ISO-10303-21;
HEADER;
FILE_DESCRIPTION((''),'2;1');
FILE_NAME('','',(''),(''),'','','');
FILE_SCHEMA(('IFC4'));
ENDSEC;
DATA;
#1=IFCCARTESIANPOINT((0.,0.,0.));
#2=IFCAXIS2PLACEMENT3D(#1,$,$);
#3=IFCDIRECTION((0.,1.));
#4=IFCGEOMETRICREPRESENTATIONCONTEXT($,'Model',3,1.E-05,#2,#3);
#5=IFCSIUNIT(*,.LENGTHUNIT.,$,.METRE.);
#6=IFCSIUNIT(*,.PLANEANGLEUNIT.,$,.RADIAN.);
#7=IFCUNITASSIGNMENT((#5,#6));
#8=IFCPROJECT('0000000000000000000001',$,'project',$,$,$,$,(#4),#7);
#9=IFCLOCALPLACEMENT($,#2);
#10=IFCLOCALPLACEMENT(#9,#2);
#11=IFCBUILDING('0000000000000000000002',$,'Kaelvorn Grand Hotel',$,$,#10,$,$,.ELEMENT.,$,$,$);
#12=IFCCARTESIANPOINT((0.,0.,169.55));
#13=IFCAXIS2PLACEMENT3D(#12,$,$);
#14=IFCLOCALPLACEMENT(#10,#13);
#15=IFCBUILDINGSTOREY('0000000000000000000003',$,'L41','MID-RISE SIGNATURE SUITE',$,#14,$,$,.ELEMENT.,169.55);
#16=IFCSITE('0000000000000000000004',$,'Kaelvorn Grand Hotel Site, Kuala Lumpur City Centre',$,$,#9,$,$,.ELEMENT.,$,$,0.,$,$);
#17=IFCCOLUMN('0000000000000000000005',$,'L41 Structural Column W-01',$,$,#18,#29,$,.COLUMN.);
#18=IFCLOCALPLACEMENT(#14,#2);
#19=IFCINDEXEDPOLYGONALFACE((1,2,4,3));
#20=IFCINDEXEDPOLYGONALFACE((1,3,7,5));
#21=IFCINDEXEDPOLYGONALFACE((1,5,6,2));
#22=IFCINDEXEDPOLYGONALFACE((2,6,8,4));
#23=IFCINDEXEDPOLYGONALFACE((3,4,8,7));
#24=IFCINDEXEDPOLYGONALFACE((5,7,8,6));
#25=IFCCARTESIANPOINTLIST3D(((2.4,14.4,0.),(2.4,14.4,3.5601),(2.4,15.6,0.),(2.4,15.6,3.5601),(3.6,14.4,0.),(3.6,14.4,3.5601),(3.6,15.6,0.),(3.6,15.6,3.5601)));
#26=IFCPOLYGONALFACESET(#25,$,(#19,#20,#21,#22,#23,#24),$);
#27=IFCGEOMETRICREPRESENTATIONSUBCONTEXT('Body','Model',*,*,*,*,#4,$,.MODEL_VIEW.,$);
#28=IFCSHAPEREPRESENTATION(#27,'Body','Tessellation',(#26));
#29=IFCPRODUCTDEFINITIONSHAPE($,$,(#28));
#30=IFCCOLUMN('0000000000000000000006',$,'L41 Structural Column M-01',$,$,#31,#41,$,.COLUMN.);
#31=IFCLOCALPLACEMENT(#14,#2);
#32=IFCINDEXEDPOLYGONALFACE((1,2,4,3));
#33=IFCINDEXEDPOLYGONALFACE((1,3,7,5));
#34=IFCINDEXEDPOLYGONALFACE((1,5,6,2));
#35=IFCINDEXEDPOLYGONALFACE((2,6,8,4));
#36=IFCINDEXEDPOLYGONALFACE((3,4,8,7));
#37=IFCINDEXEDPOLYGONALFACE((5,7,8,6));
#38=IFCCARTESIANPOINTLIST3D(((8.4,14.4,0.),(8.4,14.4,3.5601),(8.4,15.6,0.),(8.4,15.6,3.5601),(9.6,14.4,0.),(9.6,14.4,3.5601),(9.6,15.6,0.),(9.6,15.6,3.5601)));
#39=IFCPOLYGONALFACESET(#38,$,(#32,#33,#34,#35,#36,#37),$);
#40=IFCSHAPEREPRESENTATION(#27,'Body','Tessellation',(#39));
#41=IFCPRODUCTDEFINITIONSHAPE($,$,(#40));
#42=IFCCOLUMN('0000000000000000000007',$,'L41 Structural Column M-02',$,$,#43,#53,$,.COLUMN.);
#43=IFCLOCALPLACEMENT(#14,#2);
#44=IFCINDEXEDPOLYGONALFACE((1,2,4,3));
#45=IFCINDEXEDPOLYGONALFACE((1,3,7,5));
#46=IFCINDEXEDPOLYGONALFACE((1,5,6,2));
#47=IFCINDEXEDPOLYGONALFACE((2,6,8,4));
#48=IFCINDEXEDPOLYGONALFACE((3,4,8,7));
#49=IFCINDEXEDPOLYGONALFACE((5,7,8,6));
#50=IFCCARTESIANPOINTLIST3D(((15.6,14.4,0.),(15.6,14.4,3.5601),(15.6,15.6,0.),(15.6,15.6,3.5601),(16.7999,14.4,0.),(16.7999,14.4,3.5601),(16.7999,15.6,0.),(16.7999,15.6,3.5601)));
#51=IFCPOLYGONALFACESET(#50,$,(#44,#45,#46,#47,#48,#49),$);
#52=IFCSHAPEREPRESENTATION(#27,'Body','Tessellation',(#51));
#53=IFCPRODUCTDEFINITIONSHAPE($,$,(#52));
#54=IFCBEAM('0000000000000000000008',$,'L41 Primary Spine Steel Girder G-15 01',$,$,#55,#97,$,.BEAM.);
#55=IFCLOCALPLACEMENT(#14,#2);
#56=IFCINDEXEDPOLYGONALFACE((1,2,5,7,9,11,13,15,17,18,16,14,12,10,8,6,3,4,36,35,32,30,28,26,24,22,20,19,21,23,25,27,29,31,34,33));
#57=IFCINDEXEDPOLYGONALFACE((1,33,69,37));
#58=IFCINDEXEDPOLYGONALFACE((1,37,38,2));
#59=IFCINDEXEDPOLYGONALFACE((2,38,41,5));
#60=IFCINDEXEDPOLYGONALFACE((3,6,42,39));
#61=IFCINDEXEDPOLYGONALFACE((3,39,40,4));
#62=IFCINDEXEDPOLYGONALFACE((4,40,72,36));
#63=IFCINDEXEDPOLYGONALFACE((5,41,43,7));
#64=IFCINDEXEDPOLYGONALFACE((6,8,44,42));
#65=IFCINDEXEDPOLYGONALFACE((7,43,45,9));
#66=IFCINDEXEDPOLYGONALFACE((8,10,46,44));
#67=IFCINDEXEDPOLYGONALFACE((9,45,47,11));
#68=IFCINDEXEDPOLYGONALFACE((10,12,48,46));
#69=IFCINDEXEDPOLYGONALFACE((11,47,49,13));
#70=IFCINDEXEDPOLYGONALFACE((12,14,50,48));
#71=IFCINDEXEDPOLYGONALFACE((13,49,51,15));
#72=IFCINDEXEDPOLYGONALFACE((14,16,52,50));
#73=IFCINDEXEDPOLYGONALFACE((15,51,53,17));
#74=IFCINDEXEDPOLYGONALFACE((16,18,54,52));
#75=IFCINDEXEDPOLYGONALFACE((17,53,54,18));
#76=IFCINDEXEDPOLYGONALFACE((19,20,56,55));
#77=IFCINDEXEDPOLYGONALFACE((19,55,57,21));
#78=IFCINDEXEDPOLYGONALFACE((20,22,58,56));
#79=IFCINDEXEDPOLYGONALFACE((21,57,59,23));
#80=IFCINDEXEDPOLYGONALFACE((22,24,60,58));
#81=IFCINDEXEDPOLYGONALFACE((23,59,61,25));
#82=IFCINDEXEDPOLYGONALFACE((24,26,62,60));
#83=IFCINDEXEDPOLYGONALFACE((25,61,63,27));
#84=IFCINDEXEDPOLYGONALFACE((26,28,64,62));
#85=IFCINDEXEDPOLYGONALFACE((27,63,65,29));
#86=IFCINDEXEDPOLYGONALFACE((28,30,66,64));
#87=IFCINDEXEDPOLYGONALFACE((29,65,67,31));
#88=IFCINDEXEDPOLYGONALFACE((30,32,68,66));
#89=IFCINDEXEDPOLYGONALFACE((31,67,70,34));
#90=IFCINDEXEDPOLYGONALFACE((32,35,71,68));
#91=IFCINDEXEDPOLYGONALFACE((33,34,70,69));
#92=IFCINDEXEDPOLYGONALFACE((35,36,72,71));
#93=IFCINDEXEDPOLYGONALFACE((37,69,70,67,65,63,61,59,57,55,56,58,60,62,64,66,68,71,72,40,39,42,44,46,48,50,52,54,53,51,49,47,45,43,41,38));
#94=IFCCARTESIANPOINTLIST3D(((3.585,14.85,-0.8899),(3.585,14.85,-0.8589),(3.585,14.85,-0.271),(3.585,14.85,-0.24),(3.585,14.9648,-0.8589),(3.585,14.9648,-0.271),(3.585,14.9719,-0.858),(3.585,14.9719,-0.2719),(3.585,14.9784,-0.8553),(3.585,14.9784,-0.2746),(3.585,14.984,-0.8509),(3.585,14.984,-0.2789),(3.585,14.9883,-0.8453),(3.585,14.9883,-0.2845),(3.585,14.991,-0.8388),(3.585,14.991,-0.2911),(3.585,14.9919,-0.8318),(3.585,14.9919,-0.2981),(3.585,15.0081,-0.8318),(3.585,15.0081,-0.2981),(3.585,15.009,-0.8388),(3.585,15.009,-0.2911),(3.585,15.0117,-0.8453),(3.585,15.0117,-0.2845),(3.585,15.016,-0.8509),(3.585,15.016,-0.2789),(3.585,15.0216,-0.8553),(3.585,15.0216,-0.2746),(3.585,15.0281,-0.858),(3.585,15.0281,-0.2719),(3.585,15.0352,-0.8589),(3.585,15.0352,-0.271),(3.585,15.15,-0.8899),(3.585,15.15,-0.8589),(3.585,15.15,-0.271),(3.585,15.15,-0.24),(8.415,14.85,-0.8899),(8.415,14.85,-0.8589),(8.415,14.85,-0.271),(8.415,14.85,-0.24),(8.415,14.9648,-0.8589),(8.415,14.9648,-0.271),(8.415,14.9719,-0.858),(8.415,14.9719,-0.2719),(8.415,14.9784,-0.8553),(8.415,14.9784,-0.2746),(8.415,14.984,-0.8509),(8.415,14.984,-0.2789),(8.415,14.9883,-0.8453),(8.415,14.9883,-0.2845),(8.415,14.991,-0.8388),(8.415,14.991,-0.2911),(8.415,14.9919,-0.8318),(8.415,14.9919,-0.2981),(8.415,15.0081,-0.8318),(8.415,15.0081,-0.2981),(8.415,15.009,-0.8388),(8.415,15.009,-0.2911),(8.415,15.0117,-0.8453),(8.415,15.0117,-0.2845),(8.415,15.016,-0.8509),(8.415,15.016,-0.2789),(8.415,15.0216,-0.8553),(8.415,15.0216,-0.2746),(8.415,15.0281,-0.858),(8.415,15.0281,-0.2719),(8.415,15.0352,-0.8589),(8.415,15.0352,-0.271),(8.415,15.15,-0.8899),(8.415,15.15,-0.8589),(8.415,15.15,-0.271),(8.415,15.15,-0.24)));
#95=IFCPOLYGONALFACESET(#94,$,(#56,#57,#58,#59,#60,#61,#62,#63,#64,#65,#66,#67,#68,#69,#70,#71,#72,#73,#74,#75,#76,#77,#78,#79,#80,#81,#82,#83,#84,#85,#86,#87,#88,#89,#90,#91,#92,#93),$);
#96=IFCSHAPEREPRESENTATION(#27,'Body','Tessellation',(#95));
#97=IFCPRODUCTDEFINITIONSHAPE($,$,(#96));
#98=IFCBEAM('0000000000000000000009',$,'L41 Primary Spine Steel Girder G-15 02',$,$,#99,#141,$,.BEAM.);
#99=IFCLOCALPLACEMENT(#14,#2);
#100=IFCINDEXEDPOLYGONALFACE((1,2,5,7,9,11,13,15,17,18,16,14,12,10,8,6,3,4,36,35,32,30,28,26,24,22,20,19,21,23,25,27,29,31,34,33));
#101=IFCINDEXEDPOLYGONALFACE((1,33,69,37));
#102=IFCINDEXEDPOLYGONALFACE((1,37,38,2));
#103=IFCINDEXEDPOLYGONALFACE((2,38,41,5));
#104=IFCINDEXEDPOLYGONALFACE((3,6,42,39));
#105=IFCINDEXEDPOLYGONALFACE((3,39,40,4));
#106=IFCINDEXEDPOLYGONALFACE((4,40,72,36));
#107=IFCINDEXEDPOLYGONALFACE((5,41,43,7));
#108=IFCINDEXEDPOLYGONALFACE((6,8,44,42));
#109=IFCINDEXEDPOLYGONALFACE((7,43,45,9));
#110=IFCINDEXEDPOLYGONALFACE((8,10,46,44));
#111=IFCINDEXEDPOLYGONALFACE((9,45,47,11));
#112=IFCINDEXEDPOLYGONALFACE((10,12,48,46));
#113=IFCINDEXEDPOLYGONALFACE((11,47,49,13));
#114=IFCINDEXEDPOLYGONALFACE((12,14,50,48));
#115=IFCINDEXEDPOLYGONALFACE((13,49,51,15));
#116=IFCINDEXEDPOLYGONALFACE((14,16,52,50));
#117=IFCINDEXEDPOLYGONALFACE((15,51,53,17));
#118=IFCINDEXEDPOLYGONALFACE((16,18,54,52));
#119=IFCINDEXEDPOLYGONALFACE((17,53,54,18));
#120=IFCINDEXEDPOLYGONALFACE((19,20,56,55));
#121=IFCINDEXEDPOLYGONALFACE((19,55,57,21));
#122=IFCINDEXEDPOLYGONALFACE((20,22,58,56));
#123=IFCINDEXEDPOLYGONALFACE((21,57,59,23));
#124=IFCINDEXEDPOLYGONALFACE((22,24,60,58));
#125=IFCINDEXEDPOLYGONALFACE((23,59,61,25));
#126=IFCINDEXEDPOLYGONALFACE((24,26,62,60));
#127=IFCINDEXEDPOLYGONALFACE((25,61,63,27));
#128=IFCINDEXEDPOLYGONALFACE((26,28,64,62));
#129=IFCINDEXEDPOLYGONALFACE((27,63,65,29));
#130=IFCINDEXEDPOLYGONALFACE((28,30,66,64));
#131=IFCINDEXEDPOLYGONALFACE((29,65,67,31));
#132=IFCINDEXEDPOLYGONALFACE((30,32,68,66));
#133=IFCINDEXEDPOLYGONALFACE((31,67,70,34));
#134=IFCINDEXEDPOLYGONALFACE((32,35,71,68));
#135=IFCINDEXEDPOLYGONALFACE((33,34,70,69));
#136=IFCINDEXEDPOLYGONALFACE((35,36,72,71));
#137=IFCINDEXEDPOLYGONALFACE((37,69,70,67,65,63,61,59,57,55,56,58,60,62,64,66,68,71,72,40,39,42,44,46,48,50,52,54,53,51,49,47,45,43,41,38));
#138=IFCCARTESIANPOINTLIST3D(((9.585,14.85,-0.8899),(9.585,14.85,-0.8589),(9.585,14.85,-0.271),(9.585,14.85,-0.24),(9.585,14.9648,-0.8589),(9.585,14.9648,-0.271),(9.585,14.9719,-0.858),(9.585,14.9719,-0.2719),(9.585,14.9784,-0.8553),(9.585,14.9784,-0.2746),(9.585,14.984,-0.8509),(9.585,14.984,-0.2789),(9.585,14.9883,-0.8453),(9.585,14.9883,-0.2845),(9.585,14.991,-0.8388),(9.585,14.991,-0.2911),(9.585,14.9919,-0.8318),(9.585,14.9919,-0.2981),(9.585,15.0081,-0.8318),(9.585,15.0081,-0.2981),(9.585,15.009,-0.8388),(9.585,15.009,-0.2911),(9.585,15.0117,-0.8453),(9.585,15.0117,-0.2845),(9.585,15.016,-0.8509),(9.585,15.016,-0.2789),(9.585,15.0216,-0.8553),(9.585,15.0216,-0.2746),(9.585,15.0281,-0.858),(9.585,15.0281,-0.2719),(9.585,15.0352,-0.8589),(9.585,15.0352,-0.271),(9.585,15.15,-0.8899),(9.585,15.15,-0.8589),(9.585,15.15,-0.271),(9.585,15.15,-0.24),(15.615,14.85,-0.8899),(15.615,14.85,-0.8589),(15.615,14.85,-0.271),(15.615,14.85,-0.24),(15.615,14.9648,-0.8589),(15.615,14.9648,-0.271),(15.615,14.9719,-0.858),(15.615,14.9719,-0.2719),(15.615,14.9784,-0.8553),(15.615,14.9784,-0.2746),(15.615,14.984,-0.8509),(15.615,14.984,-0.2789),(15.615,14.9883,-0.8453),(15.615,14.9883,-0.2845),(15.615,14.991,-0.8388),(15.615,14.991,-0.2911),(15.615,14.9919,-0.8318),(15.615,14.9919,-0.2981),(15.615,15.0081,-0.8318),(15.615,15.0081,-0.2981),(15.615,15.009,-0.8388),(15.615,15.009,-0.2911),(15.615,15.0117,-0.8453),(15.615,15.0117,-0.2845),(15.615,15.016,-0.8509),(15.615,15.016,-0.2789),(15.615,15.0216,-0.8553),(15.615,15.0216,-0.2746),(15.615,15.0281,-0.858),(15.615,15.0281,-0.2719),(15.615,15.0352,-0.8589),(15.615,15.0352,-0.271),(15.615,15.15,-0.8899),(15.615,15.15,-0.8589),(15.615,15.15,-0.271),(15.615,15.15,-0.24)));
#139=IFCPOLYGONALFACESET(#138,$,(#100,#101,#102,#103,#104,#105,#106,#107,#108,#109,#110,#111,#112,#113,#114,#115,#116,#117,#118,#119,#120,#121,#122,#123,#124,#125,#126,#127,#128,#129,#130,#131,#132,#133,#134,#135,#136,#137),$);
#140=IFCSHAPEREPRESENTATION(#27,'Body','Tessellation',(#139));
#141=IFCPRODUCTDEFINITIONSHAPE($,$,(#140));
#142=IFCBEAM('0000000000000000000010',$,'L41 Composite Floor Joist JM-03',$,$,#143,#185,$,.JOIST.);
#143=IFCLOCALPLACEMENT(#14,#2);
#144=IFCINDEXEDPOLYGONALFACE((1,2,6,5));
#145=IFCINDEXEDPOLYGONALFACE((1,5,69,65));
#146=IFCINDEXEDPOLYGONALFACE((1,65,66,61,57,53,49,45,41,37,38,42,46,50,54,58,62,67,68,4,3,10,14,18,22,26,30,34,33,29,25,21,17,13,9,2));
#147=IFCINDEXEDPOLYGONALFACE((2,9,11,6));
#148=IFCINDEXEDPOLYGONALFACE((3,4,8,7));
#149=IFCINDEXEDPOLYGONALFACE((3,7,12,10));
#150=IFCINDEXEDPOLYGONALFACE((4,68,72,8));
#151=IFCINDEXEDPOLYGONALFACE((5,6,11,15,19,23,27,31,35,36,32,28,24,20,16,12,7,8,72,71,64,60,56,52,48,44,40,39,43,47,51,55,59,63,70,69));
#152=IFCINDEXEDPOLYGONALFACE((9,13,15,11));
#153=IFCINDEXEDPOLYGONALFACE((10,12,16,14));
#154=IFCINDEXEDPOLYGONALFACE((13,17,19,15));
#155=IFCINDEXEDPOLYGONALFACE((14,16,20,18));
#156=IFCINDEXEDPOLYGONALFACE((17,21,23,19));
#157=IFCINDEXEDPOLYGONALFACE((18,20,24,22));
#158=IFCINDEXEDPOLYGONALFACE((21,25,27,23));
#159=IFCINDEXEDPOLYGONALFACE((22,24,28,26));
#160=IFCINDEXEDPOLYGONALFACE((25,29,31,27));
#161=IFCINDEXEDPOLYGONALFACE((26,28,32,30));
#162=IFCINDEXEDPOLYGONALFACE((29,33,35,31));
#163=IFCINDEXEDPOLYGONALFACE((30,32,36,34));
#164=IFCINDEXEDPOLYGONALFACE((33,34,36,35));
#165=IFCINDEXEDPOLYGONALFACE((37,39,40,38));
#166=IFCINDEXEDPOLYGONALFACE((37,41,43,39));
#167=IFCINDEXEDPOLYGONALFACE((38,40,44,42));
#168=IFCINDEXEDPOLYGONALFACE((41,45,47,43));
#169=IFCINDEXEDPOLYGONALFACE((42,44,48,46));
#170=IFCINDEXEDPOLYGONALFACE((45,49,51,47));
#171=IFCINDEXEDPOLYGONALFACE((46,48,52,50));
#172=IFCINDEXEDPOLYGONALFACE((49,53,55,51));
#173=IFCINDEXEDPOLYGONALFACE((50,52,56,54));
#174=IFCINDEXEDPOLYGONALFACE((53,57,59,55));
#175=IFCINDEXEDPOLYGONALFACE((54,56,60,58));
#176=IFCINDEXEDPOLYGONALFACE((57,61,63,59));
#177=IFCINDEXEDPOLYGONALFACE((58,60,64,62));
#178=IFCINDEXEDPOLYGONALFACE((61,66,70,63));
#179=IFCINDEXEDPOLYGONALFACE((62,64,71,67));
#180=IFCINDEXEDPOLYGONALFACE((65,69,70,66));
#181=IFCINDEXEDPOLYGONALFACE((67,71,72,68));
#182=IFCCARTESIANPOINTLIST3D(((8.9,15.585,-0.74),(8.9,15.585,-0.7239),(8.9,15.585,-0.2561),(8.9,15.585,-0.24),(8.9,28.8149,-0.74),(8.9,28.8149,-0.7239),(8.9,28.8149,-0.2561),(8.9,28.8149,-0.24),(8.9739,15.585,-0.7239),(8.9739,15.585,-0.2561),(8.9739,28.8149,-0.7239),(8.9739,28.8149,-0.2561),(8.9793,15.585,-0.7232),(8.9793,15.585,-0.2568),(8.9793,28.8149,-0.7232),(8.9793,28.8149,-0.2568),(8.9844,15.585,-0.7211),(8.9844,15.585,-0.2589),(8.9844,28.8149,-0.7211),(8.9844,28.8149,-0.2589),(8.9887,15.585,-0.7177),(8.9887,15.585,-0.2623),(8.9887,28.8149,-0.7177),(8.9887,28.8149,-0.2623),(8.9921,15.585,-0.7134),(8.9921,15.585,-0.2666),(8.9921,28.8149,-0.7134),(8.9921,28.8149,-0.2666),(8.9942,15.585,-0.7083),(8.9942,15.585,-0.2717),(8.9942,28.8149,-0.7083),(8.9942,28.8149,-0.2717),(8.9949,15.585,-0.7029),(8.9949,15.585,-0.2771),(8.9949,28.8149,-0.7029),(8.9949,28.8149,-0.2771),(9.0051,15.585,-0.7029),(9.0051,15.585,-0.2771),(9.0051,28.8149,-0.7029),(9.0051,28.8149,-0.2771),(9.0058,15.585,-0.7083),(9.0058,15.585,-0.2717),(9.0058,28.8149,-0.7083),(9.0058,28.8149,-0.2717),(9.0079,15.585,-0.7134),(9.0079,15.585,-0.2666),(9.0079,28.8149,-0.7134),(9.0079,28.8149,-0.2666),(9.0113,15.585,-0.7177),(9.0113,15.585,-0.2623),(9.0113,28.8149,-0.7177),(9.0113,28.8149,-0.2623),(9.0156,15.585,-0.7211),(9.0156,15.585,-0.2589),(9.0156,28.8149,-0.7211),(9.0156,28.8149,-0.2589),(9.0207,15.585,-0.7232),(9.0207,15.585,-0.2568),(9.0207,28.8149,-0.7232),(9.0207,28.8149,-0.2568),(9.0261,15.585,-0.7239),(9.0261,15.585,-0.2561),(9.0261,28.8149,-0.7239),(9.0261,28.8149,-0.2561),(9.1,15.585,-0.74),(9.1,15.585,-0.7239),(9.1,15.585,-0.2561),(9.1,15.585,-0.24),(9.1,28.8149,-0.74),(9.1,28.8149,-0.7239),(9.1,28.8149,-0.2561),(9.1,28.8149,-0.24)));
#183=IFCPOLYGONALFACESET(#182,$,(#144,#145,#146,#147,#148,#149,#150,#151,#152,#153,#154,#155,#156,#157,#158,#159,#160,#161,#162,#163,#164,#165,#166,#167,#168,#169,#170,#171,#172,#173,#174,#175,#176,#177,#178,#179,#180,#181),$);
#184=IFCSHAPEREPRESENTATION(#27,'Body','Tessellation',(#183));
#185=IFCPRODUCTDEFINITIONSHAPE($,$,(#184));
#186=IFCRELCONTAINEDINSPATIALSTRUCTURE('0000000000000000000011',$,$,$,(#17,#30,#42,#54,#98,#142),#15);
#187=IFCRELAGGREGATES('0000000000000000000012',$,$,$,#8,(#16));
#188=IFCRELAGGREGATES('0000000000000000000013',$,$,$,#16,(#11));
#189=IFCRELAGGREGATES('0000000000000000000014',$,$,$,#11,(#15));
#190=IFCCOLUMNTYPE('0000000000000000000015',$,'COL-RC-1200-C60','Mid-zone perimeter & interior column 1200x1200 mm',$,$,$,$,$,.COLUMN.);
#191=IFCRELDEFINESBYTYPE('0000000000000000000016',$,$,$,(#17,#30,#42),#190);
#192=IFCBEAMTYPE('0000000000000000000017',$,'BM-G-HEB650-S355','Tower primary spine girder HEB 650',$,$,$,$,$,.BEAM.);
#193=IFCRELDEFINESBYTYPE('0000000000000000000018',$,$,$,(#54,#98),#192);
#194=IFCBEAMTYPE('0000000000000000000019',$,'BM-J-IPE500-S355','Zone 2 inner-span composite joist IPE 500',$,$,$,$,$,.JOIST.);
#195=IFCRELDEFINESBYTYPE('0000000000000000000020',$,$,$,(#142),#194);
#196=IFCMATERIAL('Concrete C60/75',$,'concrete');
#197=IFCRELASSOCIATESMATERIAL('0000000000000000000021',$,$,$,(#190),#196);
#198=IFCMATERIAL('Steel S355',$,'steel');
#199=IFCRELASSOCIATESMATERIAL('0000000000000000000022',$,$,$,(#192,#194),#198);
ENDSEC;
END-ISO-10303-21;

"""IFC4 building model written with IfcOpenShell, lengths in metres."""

from ifc_helpers import new_model, si_unit, direction, frame, origin, origin_2d, place, context, subcontext, project, spatial, rectangle, i_section, extrude, material, material_profile, profile_set, type_object, element, save


model = new_model("IFC4")

# Units and contexts
model_context = context("Model", 3, precision=1e-05, world=origin(), true_north=direction((0.0, 1.0)))
body_context = subcontext(model_context, "Body", "Model", "MODEL_VIEW")
ifc_project = project(units=[si_unit("LENGTHUNIT", "METRE"), si_unit("PLANEANGLEUNIT", "RADIAN")], contexts=[model_context])

# Site, building, storey
site_placement = place(None, origin())
site = spatial("IfcSite", under=ifc_project, at=site_placement, Name="Kaelvorn Grand Hotel Site, Kuala Lumpur City Centre", CompositionType="ELEMENT", RefElevation=0.0)
building_placement = place(site_placement, origin())
building = spatial("IfcBuilding", under=site, at=building_placement, Name="Kaelvorn Grand Hotel", CompositionType="ELEMENT")
storey_placement = place(building_placement, frame((0.0, 0.0, 169.55)))
storey = spatial("IfcBuildingStorey", under=building, at=storey_placement, Name="L41", Description="MID-RISE SIGNATURE SUITE", CompositionType="ELEMENT", Elevation=169.55)

# Columns
ifc_material_1 = material(Name="Concrete C60/75", Category="concrete")
ifc_material_profile_1 = material_profile(ifc_material_1, rectangle(XDim=1.2, YDim=1.2, at=origin_2d()), Name="RC COL 1200x1200")
ifc_profile_set_1 = profile_set([ifc_material_profile_1], Name="Concrete C60/75")
column_type = type_object("IfcColumnType", Name="COL-RC-1200-C60", Description="Mid-zone perimeter & interior column 1200x1200 mm", PredefinedType="COLUMN", material=ifc_profile_set_1)
for number, where, z_axis, x_axis, name in (
    (1, (3.0, 15.0, 0.0), (0.0, 0.0, 1.0), (1.0, 0.0, 0.0), "L41 Structural Column W-01"),
    (2, (9.0, 15.0, 0.0), (0.0, 0.0, 1.0), (1.0, 0.0, 0.0), "L41 Structural Column M-01"),
    (3, (16.2, 15.0, 0.0), (0.0, 0.0, 1.0), (1.0, 0.0, 0.0), "L41 Structural Column M-02"),
):
    element("IfcColumn", number, at=place(storey_placement, frame(where, z_axis=z_axis, x_axis=x_axis)), inside=storey, type_object=column_type, Name=name, PredefinedType="COLUMN", context=body_context, shape_type="SweptSolid", body=[
        extrude(rectangle(XDim=1.2, YDim=1.2, at=origin_2d()), origin(), (0.0, 0.0, 1.0), 3.5601),
    ])

# Beams
ifc_material_2 = material(Name="Steel S355", Category="steel")
ifc_material_profile_2 = material_profile(ifc_material_2, i_section(OverallWidth=0.3, OverallDepth=0.6499, WebThickness=0.0161, FlangeThickness=0.031, FilletRadius=0.0271, at=origin_2d()), Name="HEB 650")
ifc_profile_set_2 = profile_set([ifc_material_profile_2], Name="Steel S355")
beam_type_1 = type_object("IfcBeamType", Name="BM-G-HEB650-S355", Description="Tower primary spine girder HEB 650", PredefinedType="BEAM", material=ifc_profile_set_2)
beam_1_placement = place(storey_placement, frame((3.585, 15.0, -0.5649), z_axis=(1.0, 0.0, 0.0), x_axis=(0.0, 1.0, 0.0)))
element("IfcBeam", 4, at=beam_1_placement, inside=storey, type_object=beam_type_1, Name="L41 Primary Spine Steel Girder G-15 01", PredefinedType="BEAM", context=body_context, shape_type="SweptSolid", body=[
    extrude(i_section(OverallWidth=0.3, OverallDepth=0.6499, WebThickness=0.0161, FlangeThickness=0.031, FilletRadius=0.0271, at=origin_2d()), origin(), (0.0, 0.0, 1.0), 4.8301),
])
beam_2_placement = place(storey_placement, frame((9.585, 15.0, -0.5649), z_axis=(1.0, 0.0, 0.0), x_axis=(0.0, 1.0, 0.0)))
element("IfcBeam", 5, at=beam_2_placement, inside=storey, type_object=beam_type_1, Name="L41 Primary Spine Steel Girder G-15 02", PredefinedType="BEAM", context=body_context, shape_type="SweptSolid", body=[
    extrude(i_section(OverallWidth=0.3, OverallDepth=0.6499, WebThickness=0.0161, FlangeThickness=0.031, FilletRadius=0.0271, at=origin_2d()), origin(), (0.0, 0.0, 1.0), 6.03),
])
ifc_material_profile_3 = material_profile(ifc_material_2, i_section(OverallWidth=0.2, OverallDepth=0.5, WebThickness=0.0103, FlangeThickness=0.0161, FilletRadius=0.021, at=origin_2d()), Name="IPE 500")
ifc_profile_set_3 = profile_set([ifc_material_profile_3], Name="Steel S355")
beam_type_2 = type_object("IfcBeamType", Name="BM-J-IPE500-S355", Description="Zone 2 inner-span composite joist IPE 500", PredefinedType="JOIST", material=ifc_profile_set_3)
beam_3_placement = place(storey_placement, frame((9.0, 15.585, -0.49), z_axis=(0.0, 1.0, 0.0), x_axis=(-1.0, 0.0, 0.0)))
element("IfcBeam", 6, at=beam_3_placement, inside=storey, type_object=beam_type_2, Name="L41 Composite Floor Joist JM-03", PredefinedType="JOIST", context=body_context, shape_type="SweptSolid", body=[
    extrude(i_section(OverallWidth=0.2, OverallDepth=0.5, WebThickness=0.0103, FlangeThickness=0.0161, FilletRadius=0.021, at=origin_2d()), origin(), (0.0, 0.0, 1.0), 13.23),
])

save(model, "model.ifc")
